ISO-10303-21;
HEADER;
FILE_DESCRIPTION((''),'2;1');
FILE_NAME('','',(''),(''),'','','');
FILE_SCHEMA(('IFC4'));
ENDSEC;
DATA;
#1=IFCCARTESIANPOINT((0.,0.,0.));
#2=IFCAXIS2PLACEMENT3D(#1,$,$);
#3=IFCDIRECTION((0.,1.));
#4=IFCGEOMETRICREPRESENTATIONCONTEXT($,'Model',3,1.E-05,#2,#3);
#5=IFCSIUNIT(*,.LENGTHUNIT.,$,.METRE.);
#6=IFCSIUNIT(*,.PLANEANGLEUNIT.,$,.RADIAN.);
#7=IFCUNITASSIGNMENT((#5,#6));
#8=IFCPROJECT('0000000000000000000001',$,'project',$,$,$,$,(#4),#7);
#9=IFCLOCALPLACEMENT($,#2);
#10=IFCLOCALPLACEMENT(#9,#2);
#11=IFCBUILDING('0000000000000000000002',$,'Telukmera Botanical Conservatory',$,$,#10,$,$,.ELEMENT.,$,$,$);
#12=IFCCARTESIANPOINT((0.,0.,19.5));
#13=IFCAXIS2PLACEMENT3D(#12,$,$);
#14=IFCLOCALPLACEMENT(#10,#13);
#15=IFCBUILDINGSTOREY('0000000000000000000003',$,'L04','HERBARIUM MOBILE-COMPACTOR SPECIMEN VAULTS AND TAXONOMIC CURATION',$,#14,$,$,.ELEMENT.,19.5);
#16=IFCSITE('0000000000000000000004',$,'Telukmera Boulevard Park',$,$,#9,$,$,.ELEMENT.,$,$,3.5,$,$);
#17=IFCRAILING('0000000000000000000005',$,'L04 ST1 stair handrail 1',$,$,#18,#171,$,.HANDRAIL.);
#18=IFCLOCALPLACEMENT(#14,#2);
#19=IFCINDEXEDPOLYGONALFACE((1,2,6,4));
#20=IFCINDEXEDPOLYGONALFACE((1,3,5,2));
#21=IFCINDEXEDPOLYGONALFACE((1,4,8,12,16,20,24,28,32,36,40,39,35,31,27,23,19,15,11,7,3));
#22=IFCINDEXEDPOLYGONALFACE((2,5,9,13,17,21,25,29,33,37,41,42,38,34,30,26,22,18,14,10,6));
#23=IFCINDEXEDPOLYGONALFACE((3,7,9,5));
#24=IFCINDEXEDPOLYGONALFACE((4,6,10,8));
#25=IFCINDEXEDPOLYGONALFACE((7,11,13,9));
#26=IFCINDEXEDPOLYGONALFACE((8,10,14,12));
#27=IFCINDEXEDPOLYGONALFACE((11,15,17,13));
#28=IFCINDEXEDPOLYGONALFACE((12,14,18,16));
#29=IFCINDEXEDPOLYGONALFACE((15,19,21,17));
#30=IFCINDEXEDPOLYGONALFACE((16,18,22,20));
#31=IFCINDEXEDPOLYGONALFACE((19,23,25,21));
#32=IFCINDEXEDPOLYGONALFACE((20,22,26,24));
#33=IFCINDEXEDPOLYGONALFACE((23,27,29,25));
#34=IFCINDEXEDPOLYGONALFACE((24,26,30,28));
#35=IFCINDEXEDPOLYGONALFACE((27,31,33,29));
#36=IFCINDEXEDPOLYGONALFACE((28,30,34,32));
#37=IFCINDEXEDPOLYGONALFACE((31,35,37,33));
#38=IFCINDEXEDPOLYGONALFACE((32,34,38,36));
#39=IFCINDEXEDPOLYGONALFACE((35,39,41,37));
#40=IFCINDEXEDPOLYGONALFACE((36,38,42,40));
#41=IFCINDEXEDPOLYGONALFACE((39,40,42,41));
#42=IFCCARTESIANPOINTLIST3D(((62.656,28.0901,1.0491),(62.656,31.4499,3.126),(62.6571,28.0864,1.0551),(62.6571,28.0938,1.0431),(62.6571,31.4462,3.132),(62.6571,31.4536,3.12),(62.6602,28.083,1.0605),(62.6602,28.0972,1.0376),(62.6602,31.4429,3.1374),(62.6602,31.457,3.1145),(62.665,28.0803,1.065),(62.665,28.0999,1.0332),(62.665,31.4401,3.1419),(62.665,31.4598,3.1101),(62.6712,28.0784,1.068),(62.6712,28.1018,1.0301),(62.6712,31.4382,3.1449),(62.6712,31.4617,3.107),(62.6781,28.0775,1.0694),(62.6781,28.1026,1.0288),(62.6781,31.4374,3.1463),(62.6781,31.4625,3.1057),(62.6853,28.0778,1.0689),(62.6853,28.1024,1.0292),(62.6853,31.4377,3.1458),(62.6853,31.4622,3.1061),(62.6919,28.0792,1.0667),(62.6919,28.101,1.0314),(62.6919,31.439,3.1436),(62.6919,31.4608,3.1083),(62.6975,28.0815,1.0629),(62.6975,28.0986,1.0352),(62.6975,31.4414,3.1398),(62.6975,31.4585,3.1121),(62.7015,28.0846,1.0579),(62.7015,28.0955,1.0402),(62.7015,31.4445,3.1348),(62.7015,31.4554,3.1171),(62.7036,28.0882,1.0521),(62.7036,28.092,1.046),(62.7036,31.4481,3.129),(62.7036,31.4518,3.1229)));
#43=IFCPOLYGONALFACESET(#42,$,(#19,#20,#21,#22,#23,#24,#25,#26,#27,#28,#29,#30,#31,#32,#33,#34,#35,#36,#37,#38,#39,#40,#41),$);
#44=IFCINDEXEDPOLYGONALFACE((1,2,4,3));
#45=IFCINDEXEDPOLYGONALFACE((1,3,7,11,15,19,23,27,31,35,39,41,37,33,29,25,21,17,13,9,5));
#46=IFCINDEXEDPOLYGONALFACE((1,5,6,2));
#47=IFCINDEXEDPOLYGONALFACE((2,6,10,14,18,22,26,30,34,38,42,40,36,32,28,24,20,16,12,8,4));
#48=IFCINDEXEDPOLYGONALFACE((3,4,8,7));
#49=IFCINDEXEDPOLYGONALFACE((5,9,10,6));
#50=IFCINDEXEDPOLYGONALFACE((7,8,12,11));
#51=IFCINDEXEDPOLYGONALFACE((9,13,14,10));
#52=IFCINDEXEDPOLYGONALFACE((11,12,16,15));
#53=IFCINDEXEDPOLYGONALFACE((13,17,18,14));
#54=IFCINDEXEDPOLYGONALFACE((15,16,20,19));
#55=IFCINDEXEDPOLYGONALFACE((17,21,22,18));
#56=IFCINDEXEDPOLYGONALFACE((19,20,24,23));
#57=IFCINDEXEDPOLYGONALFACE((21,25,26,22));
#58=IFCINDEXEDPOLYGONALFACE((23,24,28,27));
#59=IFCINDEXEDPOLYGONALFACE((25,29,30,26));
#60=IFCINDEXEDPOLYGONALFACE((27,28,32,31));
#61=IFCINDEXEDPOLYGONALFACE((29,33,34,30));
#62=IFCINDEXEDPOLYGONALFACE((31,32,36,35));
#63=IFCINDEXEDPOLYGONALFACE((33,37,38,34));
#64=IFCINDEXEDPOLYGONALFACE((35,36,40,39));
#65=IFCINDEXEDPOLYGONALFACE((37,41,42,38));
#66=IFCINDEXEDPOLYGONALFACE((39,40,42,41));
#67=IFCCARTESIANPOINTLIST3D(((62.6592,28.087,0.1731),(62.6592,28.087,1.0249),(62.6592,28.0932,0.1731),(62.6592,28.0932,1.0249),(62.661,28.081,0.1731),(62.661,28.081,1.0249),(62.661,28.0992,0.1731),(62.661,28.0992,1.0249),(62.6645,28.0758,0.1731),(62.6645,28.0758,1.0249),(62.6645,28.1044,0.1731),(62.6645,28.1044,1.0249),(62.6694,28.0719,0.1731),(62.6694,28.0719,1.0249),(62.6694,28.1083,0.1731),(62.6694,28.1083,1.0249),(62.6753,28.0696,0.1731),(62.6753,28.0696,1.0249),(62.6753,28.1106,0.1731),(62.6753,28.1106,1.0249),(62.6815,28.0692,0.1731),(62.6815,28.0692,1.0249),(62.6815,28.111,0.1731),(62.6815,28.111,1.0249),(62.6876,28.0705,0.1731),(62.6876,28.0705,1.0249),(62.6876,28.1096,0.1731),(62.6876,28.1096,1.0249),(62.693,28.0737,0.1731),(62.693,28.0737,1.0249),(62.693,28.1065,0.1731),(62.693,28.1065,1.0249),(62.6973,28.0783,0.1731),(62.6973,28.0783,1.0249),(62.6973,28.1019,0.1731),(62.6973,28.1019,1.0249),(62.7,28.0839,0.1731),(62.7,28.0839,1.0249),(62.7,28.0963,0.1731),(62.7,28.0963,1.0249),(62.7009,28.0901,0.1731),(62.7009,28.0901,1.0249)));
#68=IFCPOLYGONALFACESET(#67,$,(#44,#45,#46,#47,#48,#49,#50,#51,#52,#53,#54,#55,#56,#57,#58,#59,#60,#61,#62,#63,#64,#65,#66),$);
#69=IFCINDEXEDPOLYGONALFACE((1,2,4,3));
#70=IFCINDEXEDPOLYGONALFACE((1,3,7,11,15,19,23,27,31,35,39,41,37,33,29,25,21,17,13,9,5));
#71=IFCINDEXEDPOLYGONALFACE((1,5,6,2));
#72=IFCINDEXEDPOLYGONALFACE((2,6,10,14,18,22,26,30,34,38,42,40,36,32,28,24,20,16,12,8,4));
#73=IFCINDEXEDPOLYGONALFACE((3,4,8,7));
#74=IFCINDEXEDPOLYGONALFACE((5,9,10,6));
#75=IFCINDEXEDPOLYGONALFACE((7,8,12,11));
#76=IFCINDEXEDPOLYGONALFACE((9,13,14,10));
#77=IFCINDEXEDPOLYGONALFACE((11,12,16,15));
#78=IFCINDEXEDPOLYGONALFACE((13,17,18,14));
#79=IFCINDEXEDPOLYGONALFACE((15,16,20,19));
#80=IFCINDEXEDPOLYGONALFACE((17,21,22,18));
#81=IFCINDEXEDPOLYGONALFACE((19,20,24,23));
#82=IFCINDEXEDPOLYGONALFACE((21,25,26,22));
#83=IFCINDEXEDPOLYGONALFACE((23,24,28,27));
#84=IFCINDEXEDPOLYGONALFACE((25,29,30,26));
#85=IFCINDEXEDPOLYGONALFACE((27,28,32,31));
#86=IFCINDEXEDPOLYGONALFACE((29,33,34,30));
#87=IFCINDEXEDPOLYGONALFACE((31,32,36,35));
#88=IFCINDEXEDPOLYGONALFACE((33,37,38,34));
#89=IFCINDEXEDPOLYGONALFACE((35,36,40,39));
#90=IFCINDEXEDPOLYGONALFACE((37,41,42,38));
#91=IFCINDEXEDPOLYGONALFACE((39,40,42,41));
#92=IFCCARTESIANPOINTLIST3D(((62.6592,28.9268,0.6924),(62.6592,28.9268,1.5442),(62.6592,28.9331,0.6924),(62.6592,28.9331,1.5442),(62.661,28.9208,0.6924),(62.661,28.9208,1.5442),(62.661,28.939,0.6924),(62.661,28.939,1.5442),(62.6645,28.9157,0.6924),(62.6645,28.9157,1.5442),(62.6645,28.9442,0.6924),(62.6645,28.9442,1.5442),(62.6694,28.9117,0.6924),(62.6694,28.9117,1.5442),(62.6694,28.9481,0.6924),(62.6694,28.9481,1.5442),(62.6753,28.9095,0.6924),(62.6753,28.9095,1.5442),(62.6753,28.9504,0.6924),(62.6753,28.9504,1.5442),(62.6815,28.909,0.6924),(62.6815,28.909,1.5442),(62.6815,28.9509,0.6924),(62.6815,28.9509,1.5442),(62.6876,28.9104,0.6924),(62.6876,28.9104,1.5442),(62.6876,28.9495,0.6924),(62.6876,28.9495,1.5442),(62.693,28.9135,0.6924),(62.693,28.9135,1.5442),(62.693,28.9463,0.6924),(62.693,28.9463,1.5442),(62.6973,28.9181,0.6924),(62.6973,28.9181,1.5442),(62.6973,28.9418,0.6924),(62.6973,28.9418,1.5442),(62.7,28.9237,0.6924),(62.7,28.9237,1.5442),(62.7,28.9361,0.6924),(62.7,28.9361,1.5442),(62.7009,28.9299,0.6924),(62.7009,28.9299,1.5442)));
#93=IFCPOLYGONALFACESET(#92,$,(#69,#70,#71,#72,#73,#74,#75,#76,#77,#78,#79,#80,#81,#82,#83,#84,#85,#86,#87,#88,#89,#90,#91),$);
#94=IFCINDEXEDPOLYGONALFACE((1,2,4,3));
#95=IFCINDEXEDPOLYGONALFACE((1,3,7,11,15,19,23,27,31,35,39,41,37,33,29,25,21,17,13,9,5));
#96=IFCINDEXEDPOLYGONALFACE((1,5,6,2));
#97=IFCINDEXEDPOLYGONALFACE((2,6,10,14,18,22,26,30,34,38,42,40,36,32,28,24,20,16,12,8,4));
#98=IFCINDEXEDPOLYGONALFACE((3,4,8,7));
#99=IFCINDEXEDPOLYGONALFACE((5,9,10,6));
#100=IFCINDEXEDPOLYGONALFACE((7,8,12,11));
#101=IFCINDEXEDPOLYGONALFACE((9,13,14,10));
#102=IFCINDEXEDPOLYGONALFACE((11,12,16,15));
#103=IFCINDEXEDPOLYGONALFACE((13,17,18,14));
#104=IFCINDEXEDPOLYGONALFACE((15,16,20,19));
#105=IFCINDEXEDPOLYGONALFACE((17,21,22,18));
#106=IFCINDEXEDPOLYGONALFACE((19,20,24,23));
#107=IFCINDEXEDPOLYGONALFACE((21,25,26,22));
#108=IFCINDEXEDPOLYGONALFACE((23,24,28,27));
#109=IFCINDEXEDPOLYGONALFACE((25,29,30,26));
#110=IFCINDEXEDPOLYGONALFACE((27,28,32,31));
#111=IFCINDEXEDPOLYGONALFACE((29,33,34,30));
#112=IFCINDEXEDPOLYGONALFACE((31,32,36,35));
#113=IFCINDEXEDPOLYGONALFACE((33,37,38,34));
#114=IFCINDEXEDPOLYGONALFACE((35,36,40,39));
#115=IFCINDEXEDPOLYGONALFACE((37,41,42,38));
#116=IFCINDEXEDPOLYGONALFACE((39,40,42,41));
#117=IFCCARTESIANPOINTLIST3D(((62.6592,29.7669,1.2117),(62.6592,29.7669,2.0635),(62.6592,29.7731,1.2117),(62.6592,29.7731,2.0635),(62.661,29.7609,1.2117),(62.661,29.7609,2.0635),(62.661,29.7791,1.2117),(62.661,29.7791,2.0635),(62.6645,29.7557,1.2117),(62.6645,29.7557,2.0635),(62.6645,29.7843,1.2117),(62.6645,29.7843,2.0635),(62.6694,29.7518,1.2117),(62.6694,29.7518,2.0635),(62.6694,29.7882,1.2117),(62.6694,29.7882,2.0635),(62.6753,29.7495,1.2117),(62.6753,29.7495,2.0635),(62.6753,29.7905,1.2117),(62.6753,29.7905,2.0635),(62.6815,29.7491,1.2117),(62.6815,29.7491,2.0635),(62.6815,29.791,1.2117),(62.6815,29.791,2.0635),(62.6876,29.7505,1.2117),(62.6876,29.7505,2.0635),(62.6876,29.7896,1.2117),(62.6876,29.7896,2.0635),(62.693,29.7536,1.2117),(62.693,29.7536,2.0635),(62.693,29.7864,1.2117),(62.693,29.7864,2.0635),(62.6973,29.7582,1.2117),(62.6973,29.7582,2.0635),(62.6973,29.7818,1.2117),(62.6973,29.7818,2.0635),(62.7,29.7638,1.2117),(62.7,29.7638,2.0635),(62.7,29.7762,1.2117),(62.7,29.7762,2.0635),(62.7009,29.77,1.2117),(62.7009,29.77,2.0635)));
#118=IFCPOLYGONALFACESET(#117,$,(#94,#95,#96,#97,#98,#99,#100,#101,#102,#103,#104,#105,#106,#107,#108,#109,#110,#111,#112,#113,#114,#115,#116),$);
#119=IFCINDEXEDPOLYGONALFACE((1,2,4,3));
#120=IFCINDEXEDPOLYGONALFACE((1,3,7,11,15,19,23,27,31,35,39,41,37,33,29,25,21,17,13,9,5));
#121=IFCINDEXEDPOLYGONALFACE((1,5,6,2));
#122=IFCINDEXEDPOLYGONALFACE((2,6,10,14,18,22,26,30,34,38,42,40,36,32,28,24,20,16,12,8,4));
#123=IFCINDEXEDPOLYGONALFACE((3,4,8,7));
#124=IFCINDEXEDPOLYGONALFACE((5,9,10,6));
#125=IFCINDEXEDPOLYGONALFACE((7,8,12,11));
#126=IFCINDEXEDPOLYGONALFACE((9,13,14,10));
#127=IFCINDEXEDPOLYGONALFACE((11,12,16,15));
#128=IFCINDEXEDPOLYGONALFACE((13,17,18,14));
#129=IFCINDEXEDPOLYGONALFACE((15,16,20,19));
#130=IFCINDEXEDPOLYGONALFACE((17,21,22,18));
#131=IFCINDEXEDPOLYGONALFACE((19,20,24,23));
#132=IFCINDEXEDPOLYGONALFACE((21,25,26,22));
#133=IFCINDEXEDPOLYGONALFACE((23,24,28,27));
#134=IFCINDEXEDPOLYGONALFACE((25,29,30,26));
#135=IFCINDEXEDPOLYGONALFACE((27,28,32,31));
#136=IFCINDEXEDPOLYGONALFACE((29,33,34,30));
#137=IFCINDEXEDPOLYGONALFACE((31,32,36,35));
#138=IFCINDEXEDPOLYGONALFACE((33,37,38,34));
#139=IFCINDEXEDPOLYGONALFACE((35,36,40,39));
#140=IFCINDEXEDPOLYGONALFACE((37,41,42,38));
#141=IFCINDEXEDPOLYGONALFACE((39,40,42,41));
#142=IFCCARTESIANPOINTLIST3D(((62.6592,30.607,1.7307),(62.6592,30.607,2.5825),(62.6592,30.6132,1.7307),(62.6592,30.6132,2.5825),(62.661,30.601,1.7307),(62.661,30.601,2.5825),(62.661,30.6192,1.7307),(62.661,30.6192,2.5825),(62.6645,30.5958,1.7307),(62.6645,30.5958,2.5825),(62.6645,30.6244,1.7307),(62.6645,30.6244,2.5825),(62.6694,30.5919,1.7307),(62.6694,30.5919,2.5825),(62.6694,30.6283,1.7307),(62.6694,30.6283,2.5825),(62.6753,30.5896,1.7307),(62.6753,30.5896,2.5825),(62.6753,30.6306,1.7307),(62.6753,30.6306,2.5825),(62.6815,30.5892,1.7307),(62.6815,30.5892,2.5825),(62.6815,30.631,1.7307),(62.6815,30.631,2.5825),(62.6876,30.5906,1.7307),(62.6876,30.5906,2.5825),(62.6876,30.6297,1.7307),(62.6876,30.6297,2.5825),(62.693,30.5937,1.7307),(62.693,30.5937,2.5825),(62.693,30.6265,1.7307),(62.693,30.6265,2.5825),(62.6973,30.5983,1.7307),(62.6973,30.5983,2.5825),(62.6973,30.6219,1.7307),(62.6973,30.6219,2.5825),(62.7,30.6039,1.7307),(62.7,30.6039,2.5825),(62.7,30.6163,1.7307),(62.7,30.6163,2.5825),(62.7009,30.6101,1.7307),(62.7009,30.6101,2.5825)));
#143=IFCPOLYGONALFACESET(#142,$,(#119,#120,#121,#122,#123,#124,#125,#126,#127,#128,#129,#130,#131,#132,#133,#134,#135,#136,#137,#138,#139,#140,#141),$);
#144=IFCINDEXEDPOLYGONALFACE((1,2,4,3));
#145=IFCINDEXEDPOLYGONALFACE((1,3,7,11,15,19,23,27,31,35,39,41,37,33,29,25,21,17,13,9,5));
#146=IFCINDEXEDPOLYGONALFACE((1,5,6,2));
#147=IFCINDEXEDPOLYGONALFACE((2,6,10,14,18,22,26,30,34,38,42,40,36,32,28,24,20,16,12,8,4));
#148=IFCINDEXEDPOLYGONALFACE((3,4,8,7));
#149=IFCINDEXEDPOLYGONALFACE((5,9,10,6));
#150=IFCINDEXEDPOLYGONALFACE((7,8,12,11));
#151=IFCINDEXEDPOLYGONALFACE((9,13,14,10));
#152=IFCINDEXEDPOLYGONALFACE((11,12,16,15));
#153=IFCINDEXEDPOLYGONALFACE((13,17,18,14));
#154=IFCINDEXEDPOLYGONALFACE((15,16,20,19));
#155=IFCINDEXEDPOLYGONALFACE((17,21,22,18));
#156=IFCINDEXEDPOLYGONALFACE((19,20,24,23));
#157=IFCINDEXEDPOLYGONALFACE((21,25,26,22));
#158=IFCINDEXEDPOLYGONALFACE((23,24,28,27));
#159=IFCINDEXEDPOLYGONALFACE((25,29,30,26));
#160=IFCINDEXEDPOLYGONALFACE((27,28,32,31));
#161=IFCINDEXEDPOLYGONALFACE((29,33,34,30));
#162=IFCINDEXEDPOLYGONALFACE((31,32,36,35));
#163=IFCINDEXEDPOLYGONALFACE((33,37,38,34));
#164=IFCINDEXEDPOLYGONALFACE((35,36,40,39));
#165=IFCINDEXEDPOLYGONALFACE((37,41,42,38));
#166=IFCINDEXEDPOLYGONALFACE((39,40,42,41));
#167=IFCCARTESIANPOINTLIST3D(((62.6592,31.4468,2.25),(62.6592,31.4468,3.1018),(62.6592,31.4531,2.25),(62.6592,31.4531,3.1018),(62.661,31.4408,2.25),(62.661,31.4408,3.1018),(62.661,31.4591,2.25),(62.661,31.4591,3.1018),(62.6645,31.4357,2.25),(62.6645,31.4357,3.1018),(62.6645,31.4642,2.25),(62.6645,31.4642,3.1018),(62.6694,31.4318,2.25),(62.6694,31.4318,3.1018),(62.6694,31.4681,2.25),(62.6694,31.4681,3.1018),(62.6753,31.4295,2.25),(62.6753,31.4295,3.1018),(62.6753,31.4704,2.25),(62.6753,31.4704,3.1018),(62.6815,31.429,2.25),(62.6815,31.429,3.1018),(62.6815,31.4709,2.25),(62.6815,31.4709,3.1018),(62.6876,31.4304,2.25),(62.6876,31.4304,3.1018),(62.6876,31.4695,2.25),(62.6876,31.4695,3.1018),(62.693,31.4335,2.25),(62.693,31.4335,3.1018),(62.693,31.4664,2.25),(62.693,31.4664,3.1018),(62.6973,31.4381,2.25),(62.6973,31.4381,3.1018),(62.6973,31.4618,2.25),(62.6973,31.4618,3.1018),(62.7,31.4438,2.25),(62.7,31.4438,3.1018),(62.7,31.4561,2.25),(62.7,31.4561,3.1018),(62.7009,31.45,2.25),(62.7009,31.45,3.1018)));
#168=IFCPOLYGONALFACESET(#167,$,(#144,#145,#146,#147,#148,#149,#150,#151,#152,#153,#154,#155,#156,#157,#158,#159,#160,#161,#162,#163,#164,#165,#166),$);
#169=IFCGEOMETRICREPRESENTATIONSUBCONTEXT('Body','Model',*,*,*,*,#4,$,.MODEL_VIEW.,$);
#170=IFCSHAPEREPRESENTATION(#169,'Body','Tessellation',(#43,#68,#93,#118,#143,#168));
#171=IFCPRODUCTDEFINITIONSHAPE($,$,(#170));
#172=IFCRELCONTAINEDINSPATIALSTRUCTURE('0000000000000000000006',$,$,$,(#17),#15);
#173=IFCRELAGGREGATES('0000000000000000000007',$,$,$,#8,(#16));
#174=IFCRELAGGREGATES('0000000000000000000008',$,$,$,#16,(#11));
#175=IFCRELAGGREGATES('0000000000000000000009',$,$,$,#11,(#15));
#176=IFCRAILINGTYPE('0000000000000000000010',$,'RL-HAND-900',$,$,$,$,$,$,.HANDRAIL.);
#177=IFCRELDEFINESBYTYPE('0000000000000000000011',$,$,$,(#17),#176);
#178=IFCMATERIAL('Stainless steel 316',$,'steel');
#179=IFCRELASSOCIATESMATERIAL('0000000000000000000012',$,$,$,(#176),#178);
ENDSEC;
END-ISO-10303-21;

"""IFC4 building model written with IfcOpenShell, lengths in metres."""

from ifc_helpers import new_model, si_unit, direction, frame, origin, origin_2d, place, context, subcontext, project, spatial, circle, extrude, material, type_object, element, save


model = new_model("IFC4")

# Units and contexts
model_context = context("Model", 3, precision=1e-05, world=origin(), true_north=direction((0.0, 1.0)))
body_context = subcontext(model_context, "Body", "Model", "MODEL_VIEW")
ifc_project = project(units=[si_unit("LENGTHUNIT", "METRE"), si_unit("PLANEANGLEUNIT", "RADIAN")], contexts=[model_context])

# Site, building, storey
site_placement = place(None, origin())
site = spatial("IfcSite", under=ifc_project, at=site_placement, Name="Telukmera Boulevard Park", CompositionType="ELEMENT", RefElevation=3.5)
building_placement = place(site_placement, origin())
building = spatial("IfcBuilding", under=site, at=building_placement, Name="Telukmera Botanical Conservatory", CompositionType="ELEMENT")
storey_placement = place(building_placement, frame((0.0, 0.0, 19.5)))
storey = spatial("IfcBuildingStorey", under=building, at=storey_placement, Name="L04", Description="HERBARIUM MOBILE-COMPACTOR SPECIMEN VAULTS AND TAXONOMIC CURATION", CompositionType="ELEMENT", Elevation=19.5)

# Railing
ifc_material_1 = material(Name="Stainless steel 316", Category="steel")
railing_type_1 = type_object("IfcRailingType", Name="RL-HAND-900", PredefinedType="HANDRAIL", material=ifc_material_1)
railing_1_placement = place(storey_placement, frame((62.6799, 28.0901, 0.1731)))
element("IfcRailing", 1, at=railing_1_placement, inside=storey, type_object=railing_type_1, Name="L04 ST1 stair handrail 1", PredefinedType="HANDRAIL", context=body_context, shape_type="SweptSolid", body=[
    extrude(circle(Radius=0.0239, at=origin_2d()), frame((0.0, 0.0, 0.876), z_axis=(0.0, 0.850606, 0.525803), x_axis=(-1.0, 0.0, 0.0)), (0.0, 0.0, 1.0), 3.95),
    extrude(circle(Radius=0.021, at=origin_2d()), origin(), (0.0, 0.0, 1.0), 0.8518),
    extrude(circle(Radius=0.021, at=origin_2d()), frame((0.0, 0.8398, 0.5193)), (0.0, 0.0, 1.0), 0.8518),
    extrude(circle(Radius=0.021, at=origin_2d()), frame((0.0, 1.6799, 1.0386)), (0.0, 0.0, 1.0), 0.8518),
    extrude(circle(Radius=0.021, at=origin_2d()), frame((0.0, 2.52, 1.5576)), (0.0, 0.0, 1.0), 0.8518),
    extrude(circle(Radius=0.021, at=origin_2d()), frame((0.0, 3.3599, 2.0769)), (0.0, 0.0, 1.0), 0.8518),
])

save(model, "model.ifc")
